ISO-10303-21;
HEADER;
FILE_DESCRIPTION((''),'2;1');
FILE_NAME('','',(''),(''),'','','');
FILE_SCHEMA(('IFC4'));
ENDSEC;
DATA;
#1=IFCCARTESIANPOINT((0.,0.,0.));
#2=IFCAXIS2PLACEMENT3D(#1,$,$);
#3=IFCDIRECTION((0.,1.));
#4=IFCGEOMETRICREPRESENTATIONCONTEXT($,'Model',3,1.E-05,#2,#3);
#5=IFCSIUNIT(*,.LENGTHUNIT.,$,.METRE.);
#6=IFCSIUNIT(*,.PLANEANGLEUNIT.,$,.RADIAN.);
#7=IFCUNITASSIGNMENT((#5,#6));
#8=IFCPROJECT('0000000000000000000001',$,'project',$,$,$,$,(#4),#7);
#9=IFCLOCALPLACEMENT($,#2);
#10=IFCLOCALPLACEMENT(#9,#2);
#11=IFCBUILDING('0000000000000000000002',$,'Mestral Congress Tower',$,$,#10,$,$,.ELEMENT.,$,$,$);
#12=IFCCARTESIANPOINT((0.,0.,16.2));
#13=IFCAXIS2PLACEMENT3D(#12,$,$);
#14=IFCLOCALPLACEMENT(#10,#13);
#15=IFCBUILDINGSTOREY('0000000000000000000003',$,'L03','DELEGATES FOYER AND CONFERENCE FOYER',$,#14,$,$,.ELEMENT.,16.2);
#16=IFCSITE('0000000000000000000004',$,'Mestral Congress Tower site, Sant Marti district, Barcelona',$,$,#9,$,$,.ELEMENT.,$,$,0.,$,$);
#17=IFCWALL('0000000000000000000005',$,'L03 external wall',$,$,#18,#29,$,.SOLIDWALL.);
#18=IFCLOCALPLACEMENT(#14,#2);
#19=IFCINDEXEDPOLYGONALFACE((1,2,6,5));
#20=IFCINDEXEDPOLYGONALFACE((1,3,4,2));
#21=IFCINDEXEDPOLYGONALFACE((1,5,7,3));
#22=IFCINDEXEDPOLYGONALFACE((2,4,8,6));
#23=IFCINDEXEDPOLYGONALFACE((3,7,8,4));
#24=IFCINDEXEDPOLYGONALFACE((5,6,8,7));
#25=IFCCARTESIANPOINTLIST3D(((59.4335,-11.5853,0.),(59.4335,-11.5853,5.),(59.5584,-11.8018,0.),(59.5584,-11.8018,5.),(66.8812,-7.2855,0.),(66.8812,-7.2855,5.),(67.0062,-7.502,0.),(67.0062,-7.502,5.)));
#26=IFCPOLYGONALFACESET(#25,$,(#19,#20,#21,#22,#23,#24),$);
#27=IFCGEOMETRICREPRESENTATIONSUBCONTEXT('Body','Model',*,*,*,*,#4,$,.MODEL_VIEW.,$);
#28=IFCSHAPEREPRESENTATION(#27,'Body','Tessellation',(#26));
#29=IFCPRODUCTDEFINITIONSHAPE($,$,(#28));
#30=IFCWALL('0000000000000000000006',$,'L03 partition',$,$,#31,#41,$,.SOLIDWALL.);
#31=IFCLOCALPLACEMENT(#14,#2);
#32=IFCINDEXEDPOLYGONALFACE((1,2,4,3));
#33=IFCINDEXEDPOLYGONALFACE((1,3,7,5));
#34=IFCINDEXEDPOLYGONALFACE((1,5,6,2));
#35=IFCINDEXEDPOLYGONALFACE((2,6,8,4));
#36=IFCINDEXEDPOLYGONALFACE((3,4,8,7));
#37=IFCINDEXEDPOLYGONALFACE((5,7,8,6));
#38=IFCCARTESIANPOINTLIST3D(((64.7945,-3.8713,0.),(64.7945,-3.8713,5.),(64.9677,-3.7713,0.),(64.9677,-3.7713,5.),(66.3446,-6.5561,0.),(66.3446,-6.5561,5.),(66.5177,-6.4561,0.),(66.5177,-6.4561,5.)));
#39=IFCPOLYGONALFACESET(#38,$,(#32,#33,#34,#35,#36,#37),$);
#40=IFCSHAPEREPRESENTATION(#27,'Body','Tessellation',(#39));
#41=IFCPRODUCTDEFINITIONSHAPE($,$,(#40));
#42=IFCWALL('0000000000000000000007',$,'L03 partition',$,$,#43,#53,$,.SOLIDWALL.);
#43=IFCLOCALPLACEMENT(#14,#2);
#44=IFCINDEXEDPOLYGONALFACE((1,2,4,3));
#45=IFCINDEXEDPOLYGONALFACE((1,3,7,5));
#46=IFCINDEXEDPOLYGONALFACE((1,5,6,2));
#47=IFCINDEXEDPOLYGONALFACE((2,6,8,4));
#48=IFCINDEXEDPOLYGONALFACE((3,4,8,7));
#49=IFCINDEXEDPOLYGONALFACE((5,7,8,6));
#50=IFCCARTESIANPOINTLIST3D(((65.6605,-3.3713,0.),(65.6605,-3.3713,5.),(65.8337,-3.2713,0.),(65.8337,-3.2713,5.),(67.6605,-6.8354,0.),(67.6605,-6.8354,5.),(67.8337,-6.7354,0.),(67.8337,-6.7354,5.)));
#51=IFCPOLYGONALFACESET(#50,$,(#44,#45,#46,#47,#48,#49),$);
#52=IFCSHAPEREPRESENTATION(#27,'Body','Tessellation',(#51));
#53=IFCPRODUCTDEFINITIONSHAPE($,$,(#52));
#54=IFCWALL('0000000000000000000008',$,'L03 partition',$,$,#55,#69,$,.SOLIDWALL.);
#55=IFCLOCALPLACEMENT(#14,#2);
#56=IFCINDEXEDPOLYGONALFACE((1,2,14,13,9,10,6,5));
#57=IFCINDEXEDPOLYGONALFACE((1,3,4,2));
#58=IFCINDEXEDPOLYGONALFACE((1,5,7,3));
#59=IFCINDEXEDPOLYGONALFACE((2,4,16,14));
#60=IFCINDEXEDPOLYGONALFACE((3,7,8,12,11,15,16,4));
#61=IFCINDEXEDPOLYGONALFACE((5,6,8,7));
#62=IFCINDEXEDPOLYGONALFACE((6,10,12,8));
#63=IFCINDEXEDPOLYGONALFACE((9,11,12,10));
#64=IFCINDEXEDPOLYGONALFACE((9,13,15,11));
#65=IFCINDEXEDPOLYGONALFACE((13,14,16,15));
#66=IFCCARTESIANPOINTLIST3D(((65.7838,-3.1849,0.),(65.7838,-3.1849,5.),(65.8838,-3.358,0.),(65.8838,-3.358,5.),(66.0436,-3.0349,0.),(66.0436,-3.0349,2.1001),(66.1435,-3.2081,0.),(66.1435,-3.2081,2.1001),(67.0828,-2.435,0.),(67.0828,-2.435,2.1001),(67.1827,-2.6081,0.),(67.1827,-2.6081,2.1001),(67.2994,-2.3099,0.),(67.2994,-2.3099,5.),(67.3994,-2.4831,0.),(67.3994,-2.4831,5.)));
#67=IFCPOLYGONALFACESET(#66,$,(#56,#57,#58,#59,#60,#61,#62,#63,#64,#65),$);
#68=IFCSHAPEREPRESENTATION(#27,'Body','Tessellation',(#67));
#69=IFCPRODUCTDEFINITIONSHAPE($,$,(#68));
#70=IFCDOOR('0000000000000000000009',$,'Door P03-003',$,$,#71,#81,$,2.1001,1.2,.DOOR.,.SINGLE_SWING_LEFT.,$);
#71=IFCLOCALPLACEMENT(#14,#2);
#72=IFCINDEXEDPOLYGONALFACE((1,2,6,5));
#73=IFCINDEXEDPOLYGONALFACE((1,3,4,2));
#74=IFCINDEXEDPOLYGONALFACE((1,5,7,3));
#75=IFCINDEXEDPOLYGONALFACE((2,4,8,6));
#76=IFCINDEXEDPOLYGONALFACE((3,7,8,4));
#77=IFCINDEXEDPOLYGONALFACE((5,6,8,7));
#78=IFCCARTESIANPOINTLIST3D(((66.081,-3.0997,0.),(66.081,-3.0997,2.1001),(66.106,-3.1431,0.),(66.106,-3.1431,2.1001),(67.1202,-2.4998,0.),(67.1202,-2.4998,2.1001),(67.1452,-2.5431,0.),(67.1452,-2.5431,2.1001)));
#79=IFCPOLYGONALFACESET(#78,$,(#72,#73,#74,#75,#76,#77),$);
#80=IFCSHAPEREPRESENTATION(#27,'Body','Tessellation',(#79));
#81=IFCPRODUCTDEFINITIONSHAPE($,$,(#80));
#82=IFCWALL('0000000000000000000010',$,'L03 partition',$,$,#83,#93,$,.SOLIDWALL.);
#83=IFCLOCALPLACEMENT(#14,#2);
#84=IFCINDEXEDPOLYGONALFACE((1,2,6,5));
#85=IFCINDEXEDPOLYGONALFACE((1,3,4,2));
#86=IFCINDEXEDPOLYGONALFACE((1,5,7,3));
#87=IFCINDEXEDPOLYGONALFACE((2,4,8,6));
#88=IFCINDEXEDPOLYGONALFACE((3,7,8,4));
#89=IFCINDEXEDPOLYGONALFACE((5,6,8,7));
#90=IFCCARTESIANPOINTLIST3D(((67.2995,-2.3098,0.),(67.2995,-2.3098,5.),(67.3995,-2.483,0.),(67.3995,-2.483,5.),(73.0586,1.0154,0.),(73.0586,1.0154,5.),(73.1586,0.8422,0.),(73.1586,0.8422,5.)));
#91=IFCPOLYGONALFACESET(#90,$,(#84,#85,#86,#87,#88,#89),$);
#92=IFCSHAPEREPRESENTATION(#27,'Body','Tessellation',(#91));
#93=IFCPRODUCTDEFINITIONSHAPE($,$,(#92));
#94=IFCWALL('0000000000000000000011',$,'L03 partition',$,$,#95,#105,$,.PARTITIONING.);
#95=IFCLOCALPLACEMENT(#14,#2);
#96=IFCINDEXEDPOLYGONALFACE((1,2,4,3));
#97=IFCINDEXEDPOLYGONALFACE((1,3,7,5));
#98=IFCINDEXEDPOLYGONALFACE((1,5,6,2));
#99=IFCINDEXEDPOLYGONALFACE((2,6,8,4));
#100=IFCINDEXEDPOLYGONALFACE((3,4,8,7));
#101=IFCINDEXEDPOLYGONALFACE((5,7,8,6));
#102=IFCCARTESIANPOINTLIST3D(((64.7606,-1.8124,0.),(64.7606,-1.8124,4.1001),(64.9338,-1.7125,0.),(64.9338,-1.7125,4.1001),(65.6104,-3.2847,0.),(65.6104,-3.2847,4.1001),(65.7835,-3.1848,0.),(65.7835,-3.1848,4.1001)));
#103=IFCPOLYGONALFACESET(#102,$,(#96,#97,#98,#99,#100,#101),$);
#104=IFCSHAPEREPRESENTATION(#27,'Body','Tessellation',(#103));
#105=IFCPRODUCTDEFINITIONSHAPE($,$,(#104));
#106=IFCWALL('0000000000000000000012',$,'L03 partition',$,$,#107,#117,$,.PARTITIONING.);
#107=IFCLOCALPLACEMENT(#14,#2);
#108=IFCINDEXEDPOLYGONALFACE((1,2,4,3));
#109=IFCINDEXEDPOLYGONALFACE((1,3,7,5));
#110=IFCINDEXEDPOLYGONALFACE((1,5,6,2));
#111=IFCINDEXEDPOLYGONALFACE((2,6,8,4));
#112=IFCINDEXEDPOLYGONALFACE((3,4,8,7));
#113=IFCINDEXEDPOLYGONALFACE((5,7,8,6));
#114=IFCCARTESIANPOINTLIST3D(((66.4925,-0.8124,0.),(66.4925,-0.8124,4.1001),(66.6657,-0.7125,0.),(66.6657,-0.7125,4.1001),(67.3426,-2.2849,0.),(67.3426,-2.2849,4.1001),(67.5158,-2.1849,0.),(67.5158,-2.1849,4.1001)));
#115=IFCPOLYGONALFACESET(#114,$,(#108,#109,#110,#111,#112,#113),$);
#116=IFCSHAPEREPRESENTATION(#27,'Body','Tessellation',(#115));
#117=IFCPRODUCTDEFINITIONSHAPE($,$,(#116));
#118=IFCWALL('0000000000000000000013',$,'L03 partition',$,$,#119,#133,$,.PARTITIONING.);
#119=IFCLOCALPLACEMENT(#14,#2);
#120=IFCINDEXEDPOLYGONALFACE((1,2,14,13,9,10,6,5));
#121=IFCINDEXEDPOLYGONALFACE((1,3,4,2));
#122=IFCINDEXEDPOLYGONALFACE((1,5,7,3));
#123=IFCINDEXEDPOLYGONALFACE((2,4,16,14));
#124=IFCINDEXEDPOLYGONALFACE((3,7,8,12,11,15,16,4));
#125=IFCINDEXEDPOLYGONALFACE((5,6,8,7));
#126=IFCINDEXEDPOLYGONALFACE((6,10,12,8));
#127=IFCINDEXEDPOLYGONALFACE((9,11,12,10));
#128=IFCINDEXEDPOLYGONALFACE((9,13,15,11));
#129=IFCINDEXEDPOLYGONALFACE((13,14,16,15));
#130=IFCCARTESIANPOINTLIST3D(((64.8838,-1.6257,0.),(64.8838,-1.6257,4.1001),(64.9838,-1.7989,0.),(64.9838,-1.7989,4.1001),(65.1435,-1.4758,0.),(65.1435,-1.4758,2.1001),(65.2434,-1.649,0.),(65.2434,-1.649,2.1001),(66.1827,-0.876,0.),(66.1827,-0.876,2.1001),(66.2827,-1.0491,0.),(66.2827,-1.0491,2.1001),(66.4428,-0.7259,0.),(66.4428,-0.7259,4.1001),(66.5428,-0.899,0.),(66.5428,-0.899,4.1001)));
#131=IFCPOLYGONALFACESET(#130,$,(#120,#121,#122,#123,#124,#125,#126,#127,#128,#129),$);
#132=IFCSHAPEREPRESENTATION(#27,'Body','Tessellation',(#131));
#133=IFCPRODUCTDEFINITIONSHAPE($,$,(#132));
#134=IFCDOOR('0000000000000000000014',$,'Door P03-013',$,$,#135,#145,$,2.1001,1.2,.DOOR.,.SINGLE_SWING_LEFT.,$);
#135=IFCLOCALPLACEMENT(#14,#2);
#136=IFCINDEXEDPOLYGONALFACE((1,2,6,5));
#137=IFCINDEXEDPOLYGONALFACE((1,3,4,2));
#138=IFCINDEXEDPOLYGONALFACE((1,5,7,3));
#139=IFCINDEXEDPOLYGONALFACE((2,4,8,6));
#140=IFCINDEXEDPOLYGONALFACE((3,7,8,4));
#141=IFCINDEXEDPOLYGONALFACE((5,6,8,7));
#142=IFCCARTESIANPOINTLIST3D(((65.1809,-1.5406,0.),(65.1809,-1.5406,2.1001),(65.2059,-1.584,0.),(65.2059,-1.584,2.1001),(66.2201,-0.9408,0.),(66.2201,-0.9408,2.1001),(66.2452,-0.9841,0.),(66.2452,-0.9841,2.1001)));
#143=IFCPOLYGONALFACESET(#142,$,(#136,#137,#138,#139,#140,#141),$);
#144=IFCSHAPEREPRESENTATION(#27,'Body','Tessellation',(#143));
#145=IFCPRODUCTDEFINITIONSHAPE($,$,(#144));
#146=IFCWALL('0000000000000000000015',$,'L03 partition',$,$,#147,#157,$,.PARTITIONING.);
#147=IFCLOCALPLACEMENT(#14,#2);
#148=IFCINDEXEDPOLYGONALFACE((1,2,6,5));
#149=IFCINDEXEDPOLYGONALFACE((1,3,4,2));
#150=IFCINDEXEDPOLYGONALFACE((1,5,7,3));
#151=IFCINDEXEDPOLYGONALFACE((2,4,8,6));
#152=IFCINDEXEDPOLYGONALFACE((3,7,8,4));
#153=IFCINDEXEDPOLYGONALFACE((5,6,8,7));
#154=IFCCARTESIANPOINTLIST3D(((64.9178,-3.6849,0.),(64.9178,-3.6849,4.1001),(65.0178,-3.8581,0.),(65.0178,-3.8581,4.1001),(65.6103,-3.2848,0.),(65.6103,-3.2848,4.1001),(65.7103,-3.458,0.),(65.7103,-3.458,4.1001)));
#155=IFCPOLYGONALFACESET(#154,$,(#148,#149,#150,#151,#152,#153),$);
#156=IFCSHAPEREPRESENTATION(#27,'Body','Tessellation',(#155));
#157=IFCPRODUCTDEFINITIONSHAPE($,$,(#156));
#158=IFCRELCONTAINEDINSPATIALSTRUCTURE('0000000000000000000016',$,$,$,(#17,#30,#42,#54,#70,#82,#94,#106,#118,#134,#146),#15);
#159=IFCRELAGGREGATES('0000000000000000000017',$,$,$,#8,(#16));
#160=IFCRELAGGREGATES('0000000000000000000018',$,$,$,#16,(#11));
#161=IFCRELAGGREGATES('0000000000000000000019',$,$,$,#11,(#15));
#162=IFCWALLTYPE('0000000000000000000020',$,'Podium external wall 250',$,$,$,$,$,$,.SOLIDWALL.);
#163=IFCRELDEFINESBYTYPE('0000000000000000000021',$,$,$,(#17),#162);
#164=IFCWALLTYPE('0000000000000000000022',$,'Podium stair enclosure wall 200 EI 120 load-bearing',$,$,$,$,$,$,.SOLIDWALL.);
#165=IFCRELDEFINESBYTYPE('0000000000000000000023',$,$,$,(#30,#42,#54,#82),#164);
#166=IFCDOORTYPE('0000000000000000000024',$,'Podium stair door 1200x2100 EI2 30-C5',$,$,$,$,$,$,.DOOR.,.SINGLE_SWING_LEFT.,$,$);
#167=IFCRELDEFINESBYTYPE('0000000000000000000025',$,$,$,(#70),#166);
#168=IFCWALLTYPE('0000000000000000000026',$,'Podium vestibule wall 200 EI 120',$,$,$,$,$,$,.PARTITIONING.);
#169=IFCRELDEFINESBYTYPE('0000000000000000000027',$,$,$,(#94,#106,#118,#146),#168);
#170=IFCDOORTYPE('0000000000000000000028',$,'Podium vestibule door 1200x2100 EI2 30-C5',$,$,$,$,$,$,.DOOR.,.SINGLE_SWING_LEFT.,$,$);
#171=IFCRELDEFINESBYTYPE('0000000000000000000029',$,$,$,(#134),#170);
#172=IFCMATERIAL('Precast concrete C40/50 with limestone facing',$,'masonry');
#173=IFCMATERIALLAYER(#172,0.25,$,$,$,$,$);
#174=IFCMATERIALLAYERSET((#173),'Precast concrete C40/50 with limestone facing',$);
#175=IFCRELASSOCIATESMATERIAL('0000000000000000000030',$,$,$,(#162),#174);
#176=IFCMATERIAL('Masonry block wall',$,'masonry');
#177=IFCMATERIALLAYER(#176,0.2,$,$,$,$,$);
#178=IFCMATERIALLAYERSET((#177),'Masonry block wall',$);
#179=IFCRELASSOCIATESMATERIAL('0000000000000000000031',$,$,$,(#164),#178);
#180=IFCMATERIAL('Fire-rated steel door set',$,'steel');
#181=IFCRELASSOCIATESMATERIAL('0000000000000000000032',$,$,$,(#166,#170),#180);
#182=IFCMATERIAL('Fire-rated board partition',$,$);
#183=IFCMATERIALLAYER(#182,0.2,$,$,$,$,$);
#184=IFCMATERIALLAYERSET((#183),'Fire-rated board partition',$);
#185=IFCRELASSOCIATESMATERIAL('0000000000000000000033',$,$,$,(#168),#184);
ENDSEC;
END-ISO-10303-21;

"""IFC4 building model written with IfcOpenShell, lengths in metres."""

from ifc_helpers import new_model, si_unit, direction, frame, frame_2d, origin, place, context, subcontext, project, spatial, rectangle, extrude, material, layer, layer_set, type_object, element, fill, save


model = new_model("IFC4")

# Units and contexts
model_context = context("Model", 3, precision=1e-05, world=origin(), true_north=direction((0.0, 1.0)))
body_context = subcontext(model_context, "Body", "Model", "MODEL_VIEW")
ifc_project = project(units=[si_unit("LENGTHUNIT", "METRE"), si_unit("PLANEANGLEUNIT", "RADIAN")], contexts=[model_context])

# Site, building, storey
site_placement = place(None, origin())
site = spatial("IfcSite", under=ifc_project, at=site_placement, Name="Mestral Congress Tower site, Sant Marti district, Barcelona", CompositionType="ELEMENT", RefElevation=0.0)
building_placement = place(site_placement, origin())
building = spatial("IfcBuilding", under=site, at=building_placement, Name="Mestral Congress Tower", CompositionType="ELEMENT")
storey_placement = place(building_placement, frame((0.0, 0.0, 16.2)))
storey = spatial("IfcBuildingStorey", under=building, at=storey_placement, Name="L03", Description="DELEGATES FOYER AND CONFERENCE FOYER", CompositionType="ELEMENT", Elevation=16.2)

# Walls
ifc_material_1 = material(Name="Precast concrete C40/50 with limestone facing", Category="masonry")
ifc_layer_1 = layer(ifc_material_1, 0.25)
ifc_layer_set_1 = layer_set([ifc_layer_1], Name="Precast concrete C40/50 with limestone facing")
wall_type_1 = type_object("IfcWallType", Name="Podium external wall 250", PredefinedType="SOLIDWALL", material=ifc_layer_set_1)
wall_1_placement = place(storey_placement, frame((66.9436, -7.3938, 0.0), z_axis=(0.0, 0.0, 1.0), x_axis=(-0.866033, -0.499986, 0.0)))
element("IfcWall", 1, at=wall_1_placement, inside=storey, type_object=wall_type_1, Name="L03 external wall", PredefinedType="SOLIDWALL", context=body_context, shape_type="SweptSolid", body=[
    extrude(rectangle(XDim=8.5999, YDim=0.25, at=frame_2d((4.2998, 0.0))), origin(), (0.0, 0.0, 1.0), 5.0),
])
ifc_material_2 = material(Name="Masonry block wall", Category="masonry")
ifc_layer_2 = layer(ifc_material_2, 0.2)
ifc_layer_set_2 = layer_set([ifc_layer_2], Name="Masonry block wall")
wall_type_2 = type_object("IfcWallType", Name="Podium stair enclosure wall 200 EI 120 load-bearing", PredefinedType="SOLIDWALL", material=ifc_layer_set_2)
wall_2_placement = place(storey_placement, frame((66.4312, -6.5061, 0.0), z_axis=(0.0, 0.0, 1.0), x_axis=(-0.499993, 0.86603, 0.0)))
element("IfcWall", 2, at=wall_2_placement, inside=storey, type_object=wall_type_2, Name="L03 partition", PredefinedType="SOLIDWALL", context=body_context, shape_type="SweptSolid", body=[
    extrude(rectangle(XDim=3.1001, YDim=0.2, at=frame_2d((1.55, 0.0))), origin(), (0.0, 0.0, 1.0), 5.0),
])
wall_3_placement = place(storey_placement, frame((67.7471, -6.7854, 0.0), z_axis=(0.0, 0.0, 1.0), x_axis=(-0.499999, 0.866026, 0.0)))
element("IfcWall", 3, at=wall_3_placement, inside=storey, type_object=wall_type_2, Name="L03 partition", PredefinedType="SOLIDWALL", context=body_context, shape_type="SweptSolid", body=[
    extrude(rectangle(XDim=4.0, YDim=0.2, at=frame_2d((2.0, 0.0))), origin(), (0.0, 0.0, 1.0), 5.0),
])

# Wall, opening, door
wall_4_placement = place(storey_placement, frame((67.3494, -2.3965, 0.0), z_axis=(0.0, 0.0, 1.0), x_axis=(-0.866037, -0.49998, 0.0)))
wall_4 = element("IfcWall", 4, at=wall_4_placement, inside=storey, type_object=wall_type_2, Name="L03 partition", PredefinedType="SOLIDWALL", context=body_context, shape_type="SweptSolid", body=[
    extrude(rectangle(XDim=1.75, YDim=0.2, at=frame_2d((0.875, 0.0))), origin(), (0.0, 0.0, 1.0), 5.0),
])
opening_1_placement = place(wall_4_placement, frame((0.25, 0.0, 0.0)))
opening_1 = element("IfcOpeningElement", 5, at=opening_1_placement, cuts=wall_4, PredefinedType="OPENING", context=body_context, shape_type="SweptSolid", body=[
    extrude(rectangle(XDim=1.2, YDim=2.1001, at=frame_2d((0.6001, 1.05))), frame((0.0, 0.1099, 0.0), z_axis=(0.0, -1.0, 0.0), x_axis=(1.0, 0.0, 0.0)), (0.0, 0.0, 1.0), 0.22),
])
ifc_material_3 = material(Name="Fire-rated steel door set", Category="steel")
door_type_1 = type_object("IfcDoorType", Name="Podium stair door 1200x2100 EI2 30-C5", OperationType="SINGLE_SWING_LEFT", PredefinedType="DOOR", material=ifc_material_3)
door_1_placement = place(opening_1_placement, origin())
door_1 = element("IfcDoor", 6, at=door_1_placement, inside=storey, type_object=door_type_1, Name="Door P03-003", OperationType="SINGLE_SWING_LEFT", OverallHeight=2.1001, OverallWidth=1.2, PredefinedType="DOOR", context=body_context, shape_type="SweptSolid", body=[
    extrude(rectangle(XDim=1.2, YDim=2.1001, at=frame_2d((0.6001, 1.05))), frame((0.0, 0.0249, 0.0), z_axis=(0.0, -1.0, 0.0), x_axis=(1.0, 0.0, 0.0)), (0.0, 0.0, 1.0), 0.05),
])
fill(opening_1, door_1)

# Walls
wall_5_placement = place(storey_placement, frame((67.3494, -2.3965, 0.0), z_axis=(0.0, 0.0, 1.0), x_axis=(0.866011, 0.500024, 0.0)))
element("IfcWall", 7, at=wall_5_placement, inside=storey, type_object=wall_type_2, Name="L03 partition", PredefinedType="SOLIDWALL", context=body_context, shape_type="SweptSolid", body=[
    extrude(rectangle(XDim=6.6501, YDim=0.2, at=frame_2d((3.3252, 0.0))), origin(), (0.0, 0.0, 1.0), 5.0),
])
ifc_material_4 = material(Name="Fire-rated board partition")
ifc_layer_3 = layer(ifc_material_4, 0.2)
ifc_layer_set_3 = layer_set([ifc_layer_3], Name="Fire-rated board partition")
wall_type_3 = type_object("IfcWallType", Name="Podium vestibule wall 200 EI 120", PredefinedType="PARTITIONING", material=ifc_layer_set_3)
wall_6_placement = place(storey_placement, frame((65.697, -3.2349, 0.0), z_axis=(0.0, 0.0, 1.0), x_axis=(-0.499892, 0.866088, 0.0)))
element("IfcWall", 8, at=wall_6_placement, inside=storey, type_object=wall_type_3, Name="L03 partition", PredefinedType="PARTITIONING", context=body_context, shape_type="SweptSolid", body=[
    extrude(rectangle(XDim=1.7, YDim=0.2, at=frame_2d((0.8501, 0.0))), origin(), (0.0, 0.0, 1.0), 4.1001),
])
wall_7_placement = place(storey_placement, frame((67.4292, -2.2349, 0.0), z_axis=(0.0, 0.0, 1.0), x_axis=(-0.5, 0.866025, 0.0)))
element("IfcWall", 9, at=wall_7_placement, inside=storey, type_object=wall_type_3, Name="L03 partition", PredefinedType="PARTITIONING", context=body_context, shape_type="SweptSolid", body=[
    extrude(rectangle(XDim=1.7002, YDim=0.2, at=frame_2d((0.8501, 0.0))), origin(), (0.0, 0.0, 1.0), 4.1001),
])

# Wall, opening, door
wall_8_placement = place(storey_placement, frame((66.4927, -0.8125, 0.0), z_axis=(0.0, 0.0, 1.0), x_axis=(-0.866082, -0.499902, 0.0)))
wall_8 = element("IfcWall", 10, at=wall_8_placement, inside=storey, type_object=wall_type_3, Name="L03 partition", PredefinedType="PARTITIONING", context=body_context, shape_type="SweptSolid", body=[
    extrude(rectangle(XDim=1.8, YDim=0.2, at=frame_2d((0.8999, 0.0))), origin(), (0.0, 0.0, 1.0), 4.1001),
])
opening_2_placement = place(wall_8_placement, frame((0.3, 0.0, 0.0)))
opening_2 = element("IfcOpeningElement", 11, at=opening_2_placement, cuts=wall_8, PredefinedType="OPENING", context=body_context, shape_type="SweptSolid", body=[
    extrude(rectangle(XDim=1.2, YDim=2.1001, at=frame_2d((0.6001, 1.05))), frame((0.0, 0.1099, 0.0), z_axis=(0.0, -1.0, 0.0), x_axis=(1.0, 0.0, 0.0)), (0.0, 0.0, 1.0), 0.22),
])
door_type_2 = type_object("IfcDoorType", Name="Podium vestibule door 1200x2100 EI2 30-C5", OperationType="SINGLE_SWING_LEFT", PredefinedType="DOOR", material=ifc_material_3)
door_2_placement = place(opening_2_placement, origin())
door_2 = element("IfcDoor", 12, at=door_2_placement, inside=storey, type_object=door_type_2, Name="Door P03-013", OperationType="SINGLE_SWING_LEFT", OverallHeight=2.1001, OverallWidth=1.2, PredefinedType="DOOR", context=body_context, shape_type="SweptSolid", body=[
    extrude(rectangle(XDim=1.2, YDim=2.1001, at=frame_2d((0.6001, 1.05))), frame((0.0, 0.0249, 0.0), z_axis=(0.0, -1.0, 0.0), x_axis=(1.0, 0.0, 0.0)), (0.0, 0.0, 1.0), 0.05),
])
fill(opening_2, door_2)

# Wall
wall_9_placement = place(storey_placement, frame((64.9678, -3.7715, 0.0), z_axis=(0.0, 0.0, 1.0), x_axis=(0.865886, 0.500242, 0.0)))
element("IfcWall", 13, at=wall_9_placement, inside=storey, type_object=wall_type_3, Name="L03 partition", PredefinedType="PARTITIONING", context=body_context, shape_type="SweptSolid", body=[
    extrude(rectangle(XDim=0.7998, YDim=0.2, at=frame_2d((0.3999, 0.0))), origin(), (0.0, 0.0, 1.0), 4.1001),
])

save(model, "model.ifc")
